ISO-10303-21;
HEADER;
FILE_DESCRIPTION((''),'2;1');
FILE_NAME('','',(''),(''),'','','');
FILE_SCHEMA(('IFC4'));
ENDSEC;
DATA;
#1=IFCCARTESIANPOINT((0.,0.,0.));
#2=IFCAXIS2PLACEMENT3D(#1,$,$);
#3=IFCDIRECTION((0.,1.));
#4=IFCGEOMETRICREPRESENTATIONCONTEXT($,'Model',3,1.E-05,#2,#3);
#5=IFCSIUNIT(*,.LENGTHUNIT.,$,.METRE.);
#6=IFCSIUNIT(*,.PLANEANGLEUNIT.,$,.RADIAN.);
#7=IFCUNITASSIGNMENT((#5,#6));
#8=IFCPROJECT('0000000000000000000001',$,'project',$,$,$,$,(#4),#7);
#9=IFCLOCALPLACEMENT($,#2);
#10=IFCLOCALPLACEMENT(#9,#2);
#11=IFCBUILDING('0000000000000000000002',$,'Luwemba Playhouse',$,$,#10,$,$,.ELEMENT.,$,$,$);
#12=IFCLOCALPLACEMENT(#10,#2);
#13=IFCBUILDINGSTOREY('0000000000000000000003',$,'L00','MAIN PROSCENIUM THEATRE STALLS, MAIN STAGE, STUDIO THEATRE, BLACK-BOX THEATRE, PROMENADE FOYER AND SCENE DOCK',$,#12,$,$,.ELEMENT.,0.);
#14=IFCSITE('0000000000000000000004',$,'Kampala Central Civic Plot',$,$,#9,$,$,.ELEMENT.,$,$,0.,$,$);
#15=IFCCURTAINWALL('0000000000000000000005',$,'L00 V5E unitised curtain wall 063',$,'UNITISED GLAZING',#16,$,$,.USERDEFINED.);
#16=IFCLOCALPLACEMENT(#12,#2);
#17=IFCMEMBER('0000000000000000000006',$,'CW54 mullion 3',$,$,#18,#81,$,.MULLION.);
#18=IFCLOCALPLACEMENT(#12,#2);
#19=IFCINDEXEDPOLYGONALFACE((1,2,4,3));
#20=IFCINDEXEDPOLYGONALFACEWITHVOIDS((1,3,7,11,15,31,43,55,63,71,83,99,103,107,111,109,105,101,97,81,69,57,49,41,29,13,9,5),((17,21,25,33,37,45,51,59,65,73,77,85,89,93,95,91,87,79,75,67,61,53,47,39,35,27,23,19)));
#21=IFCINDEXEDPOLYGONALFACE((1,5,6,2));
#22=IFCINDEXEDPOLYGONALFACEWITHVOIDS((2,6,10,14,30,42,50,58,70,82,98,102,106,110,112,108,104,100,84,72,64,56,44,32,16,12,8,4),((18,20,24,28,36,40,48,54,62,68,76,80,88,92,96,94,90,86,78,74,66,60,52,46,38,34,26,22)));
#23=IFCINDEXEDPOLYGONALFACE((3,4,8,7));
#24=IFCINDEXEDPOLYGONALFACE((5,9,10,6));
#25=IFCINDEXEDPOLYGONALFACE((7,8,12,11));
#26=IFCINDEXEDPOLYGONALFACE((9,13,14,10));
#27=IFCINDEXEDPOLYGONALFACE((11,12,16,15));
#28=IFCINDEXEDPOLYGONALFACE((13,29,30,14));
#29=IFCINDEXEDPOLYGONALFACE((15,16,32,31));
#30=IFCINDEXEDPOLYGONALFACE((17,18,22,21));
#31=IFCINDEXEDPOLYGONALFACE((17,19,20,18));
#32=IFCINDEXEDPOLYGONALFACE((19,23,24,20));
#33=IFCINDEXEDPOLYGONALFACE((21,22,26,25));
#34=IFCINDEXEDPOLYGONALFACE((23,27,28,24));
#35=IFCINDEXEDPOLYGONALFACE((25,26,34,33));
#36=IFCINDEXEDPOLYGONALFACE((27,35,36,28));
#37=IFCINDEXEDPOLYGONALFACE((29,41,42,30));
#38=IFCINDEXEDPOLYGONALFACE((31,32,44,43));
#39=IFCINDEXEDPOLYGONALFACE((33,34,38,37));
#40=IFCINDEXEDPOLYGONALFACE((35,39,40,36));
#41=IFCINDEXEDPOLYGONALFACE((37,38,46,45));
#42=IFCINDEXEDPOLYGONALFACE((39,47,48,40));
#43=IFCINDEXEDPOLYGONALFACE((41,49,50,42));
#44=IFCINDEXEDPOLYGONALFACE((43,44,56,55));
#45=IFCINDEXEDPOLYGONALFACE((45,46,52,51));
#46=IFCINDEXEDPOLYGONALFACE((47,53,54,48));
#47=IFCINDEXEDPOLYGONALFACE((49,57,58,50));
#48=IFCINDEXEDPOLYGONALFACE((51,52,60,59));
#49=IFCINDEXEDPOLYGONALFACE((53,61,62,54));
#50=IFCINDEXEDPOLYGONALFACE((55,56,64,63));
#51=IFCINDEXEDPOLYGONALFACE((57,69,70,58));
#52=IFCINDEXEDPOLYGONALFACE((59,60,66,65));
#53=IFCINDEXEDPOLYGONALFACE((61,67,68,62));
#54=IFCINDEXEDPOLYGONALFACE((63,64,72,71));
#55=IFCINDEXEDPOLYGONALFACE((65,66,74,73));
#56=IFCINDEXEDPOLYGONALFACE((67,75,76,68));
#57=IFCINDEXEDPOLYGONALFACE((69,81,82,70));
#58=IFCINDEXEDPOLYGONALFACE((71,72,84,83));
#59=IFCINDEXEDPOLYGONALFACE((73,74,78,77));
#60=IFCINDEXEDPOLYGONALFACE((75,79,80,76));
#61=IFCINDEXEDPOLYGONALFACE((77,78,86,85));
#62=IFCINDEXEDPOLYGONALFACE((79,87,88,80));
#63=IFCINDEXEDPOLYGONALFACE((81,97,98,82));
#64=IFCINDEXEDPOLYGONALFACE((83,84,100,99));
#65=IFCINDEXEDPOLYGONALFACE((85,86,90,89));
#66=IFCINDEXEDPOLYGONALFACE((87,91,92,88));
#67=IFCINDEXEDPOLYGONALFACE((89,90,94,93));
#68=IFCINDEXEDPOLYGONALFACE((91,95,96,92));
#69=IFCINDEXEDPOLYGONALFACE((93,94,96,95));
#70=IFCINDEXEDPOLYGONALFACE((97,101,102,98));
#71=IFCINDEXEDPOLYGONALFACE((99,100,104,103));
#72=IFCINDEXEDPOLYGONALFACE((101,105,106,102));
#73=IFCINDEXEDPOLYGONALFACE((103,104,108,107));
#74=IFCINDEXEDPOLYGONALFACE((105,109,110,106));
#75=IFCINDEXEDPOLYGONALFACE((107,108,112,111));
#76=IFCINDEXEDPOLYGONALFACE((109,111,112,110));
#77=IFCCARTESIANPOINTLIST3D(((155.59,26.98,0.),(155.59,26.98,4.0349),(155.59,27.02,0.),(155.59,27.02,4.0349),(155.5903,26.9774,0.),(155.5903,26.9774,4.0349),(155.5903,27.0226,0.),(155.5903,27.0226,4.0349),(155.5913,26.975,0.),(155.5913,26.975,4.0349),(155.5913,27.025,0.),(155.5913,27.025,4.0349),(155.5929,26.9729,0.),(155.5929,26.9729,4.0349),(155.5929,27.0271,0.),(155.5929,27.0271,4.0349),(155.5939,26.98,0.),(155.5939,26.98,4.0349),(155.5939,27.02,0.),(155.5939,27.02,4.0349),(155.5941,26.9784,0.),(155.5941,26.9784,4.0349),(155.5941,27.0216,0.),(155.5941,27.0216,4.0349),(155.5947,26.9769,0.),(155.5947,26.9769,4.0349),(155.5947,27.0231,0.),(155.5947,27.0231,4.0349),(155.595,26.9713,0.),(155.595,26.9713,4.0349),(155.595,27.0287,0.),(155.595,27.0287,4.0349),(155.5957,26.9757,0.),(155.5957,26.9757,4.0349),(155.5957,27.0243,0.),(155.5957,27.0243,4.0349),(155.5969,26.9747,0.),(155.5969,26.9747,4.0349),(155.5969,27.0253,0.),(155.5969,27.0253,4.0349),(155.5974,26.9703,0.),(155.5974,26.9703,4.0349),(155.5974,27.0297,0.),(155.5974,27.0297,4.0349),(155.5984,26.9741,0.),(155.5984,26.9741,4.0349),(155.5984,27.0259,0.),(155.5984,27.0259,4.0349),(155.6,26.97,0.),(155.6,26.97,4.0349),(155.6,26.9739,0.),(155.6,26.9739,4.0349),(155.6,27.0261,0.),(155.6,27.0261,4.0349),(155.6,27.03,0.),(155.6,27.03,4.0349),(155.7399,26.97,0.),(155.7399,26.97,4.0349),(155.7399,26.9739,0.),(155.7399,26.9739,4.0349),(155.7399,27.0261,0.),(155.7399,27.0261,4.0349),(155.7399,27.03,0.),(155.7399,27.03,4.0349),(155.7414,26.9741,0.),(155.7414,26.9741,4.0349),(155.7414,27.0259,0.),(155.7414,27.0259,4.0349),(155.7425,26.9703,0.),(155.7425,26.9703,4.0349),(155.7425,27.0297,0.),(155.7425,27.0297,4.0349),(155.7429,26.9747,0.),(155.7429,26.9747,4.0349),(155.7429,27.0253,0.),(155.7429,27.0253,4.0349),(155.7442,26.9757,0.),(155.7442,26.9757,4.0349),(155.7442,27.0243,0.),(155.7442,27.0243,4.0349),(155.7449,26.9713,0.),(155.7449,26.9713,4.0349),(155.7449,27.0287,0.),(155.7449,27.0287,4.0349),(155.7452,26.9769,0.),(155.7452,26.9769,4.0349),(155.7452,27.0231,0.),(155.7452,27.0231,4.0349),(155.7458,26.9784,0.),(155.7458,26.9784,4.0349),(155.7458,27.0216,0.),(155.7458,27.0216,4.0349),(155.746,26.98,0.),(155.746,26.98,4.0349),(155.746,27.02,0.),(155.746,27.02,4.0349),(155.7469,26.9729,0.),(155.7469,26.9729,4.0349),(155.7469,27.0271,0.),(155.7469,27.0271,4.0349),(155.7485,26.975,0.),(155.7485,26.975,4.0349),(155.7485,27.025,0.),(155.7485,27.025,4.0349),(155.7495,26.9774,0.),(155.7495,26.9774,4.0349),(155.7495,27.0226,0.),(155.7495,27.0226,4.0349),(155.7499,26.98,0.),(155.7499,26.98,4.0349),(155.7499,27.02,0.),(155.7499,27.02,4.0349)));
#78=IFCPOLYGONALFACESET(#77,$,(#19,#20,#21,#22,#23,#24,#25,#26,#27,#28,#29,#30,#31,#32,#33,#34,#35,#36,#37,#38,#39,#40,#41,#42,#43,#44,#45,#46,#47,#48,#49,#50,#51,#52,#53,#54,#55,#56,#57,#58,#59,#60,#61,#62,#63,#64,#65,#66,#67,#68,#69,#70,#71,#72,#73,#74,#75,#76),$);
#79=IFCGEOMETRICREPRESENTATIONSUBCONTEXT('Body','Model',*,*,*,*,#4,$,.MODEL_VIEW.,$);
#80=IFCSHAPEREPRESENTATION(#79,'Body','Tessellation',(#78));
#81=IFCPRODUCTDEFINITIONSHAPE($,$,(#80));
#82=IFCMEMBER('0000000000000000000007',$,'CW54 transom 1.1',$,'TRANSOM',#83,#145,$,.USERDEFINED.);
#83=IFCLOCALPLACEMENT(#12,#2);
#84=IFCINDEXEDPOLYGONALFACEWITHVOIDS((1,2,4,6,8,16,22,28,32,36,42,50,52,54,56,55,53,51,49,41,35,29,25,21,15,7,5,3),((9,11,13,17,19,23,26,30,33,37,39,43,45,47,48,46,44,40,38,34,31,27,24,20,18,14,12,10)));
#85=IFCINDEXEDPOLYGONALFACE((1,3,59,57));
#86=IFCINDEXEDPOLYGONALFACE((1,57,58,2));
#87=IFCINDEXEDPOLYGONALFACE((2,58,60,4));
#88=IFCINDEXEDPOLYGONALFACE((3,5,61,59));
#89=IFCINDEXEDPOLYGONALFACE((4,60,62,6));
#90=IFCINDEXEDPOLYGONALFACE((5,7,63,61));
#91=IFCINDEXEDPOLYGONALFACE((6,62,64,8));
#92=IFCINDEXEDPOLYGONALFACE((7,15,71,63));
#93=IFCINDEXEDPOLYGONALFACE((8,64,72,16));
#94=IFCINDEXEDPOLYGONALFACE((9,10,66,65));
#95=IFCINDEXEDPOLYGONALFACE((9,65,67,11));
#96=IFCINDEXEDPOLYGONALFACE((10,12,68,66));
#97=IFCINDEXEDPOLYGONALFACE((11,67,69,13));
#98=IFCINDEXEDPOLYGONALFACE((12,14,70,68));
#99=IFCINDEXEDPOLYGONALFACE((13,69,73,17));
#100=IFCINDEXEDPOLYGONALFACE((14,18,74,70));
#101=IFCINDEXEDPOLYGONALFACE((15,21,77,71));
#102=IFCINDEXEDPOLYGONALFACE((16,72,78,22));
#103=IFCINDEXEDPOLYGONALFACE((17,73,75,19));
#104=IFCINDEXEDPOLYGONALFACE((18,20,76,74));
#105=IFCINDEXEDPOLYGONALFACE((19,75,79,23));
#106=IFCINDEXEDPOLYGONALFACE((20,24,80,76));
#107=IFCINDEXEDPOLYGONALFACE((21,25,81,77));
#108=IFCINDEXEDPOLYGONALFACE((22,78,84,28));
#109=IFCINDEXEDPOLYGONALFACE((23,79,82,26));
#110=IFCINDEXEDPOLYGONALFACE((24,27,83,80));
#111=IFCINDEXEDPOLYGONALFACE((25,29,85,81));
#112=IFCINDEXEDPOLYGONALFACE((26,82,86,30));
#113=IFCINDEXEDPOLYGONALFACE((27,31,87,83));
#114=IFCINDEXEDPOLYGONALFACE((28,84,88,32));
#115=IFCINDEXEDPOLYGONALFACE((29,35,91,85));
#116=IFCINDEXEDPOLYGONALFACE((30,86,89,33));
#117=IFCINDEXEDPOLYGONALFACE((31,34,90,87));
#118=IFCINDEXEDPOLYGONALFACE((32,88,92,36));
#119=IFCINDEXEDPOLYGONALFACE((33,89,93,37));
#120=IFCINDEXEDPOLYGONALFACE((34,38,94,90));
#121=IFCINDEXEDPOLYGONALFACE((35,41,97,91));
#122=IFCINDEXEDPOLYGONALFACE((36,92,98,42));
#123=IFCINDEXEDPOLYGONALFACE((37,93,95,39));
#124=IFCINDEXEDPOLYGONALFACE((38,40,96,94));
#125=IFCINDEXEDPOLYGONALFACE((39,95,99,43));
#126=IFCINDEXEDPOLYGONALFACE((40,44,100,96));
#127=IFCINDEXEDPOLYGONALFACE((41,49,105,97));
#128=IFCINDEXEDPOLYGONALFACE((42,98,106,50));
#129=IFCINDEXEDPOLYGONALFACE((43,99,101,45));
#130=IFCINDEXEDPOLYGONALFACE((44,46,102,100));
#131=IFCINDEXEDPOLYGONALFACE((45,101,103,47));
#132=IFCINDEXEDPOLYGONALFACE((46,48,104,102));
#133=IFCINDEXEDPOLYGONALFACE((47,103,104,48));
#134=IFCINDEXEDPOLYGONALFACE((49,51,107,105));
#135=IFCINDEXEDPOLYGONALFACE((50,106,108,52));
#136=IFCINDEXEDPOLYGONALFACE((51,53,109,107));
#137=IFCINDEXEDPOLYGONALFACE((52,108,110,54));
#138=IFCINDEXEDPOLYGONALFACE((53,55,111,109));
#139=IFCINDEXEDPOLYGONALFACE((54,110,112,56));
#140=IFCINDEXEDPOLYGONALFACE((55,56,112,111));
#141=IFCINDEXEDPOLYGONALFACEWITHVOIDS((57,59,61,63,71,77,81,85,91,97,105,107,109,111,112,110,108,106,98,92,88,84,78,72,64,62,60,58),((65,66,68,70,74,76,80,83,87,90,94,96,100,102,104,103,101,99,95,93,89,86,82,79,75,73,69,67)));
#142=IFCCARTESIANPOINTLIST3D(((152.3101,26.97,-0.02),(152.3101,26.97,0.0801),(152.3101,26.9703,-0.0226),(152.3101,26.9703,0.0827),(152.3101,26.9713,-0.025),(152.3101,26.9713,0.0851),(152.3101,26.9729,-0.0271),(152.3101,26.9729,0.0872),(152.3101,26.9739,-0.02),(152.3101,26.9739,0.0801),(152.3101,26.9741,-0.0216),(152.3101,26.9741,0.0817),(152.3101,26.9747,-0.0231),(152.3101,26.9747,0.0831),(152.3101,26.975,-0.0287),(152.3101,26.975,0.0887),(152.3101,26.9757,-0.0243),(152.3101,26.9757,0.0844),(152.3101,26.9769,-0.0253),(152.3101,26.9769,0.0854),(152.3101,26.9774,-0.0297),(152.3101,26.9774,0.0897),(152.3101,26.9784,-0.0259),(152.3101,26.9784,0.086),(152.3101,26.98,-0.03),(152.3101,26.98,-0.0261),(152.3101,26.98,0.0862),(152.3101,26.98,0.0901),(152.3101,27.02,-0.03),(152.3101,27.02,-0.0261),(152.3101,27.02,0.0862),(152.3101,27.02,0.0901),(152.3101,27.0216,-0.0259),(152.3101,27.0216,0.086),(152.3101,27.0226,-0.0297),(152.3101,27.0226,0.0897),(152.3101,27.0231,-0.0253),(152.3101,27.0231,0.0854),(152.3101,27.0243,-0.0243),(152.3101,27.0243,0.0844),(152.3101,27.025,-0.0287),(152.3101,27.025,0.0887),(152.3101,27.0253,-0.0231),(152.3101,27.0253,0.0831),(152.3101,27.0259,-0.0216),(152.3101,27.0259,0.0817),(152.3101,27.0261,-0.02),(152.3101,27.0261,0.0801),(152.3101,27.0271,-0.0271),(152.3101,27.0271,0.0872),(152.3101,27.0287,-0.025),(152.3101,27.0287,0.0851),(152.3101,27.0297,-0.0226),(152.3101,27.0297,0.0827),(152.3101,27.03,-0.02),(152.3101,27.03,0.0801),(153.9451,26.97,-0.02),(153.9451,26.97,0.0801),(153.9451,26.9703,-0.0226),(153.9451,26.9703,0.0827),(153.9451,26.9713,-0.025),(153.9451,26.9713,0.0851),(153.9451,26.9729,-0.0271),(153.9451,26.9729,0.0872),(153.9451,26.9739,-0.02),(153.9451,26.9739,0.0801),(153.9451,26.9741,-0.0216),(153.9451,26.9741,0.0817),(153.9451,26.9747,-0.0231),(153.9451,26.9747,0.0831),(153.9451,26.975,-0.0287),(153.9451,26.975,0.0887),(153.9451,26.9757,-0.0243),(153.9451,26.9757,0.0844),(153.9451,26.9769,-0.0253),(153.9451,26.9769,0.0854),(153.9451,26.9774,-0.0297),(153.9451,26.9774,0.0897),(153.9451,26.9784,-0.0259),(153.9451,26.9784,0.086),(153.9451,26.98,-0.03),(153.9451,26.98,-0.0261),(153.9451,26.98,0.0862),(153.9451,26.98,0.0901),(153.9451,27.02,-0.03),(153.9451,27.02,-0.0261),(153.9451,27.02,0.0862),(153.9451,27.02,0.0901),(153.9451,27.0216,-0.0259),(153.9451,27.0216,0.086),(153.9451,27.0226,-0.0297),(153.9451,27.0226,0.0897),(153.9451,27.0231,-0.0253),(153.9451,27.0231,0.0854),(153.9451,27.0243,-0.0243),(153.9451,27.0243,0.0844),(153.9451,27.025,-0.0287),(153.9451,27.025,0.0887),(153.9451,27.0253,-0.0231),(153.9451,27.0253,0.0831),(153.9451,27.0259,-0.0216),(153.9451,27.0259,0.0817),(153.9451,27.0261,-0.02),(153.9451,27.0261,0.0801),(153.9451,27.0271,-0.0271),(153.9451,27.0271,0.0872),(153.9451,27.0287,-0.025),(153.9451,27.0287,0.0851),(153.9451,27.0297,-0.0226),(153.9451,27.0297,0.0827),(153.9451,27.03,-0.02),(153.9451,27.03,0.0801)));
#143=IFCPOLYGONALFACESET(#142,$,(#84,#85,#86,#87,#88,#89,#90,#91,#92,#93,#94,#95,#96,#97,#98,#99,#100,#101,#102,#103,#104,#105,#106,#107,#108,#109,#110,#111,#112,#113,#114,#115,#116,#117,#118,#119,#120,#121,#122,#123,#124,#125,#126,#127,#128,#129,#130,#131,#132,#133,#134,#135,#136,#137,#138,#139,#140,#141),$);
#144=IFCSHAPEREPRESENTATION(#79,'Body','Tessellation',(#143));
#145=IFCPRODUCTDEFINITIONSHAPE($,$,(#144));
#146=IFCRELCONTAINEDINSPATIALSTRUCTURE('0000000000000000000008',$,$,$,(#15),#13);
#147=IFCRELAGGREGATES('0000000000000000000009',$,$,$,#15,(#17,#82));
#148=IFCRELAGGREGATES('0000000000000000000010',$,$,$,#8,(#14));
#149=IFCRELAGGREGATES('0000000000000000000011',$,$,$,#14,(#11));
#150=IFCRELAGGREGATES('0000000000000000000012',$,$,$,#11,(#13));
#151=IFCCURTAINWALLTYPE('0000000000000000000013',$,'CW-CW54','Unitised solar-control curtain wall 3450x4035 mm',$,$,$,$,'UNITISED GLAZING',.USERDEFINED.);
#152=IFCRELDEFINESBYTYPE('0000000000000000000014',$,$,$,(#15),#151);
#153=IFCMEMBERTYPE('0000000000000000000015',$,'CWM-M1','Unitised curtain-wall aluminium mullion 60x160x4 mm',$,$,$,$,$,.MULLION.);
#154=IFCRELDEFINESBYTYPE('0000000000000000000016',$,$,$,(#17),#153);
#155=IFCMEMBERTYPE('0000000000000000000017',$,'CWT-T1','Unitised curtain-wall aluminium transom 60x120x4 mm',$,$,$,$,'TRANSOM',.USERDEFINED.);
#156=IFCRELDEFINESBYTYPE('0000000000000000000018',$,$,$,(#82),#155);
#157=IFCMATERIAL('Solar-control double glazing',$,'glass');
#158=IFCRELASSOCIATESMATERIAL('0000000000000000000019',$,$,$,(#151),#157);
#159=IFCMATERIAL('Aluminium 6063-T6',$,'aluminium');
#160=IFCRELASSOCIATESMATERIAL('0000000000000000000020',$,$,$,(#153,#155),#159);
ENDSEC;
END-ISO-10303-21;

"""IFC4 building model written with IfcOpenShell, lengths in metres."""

from ifc_helpers import new_model, si_unit, direction, frame, origin, origin_2d, place, context, subcontext, project, spatial, hollow_rectangle, extrude, material, material_profile, profile_set, type_object, element, aggregate, save


model = new_model("IFC4")

# Units and contexts
model_context = context("Model", 3, precision=1e-05, world=origin(), true_north=direction((0.0, 1.0)))
body_context = subcontext(model_context, "Body", "Model", "MODEL_VIEW")
ifc_project = project(units=[si_unit("LENGTHUNIT", "METRE"), si_unit("PLANEANGLEUNIT", "RADIAN")], contexts=[model_context])

# Site, building, storey
site_placement = place(None, origin())
site = spatial("IfcSite", under=ifc_project, at=site_placement, Name="Kampala Central Civic Plot", CompositionType="ELEMENT", RefElevation=0.0)
building_placement = place(site_placement, origin())
building = spatial("IfcBuilding", under=site, at=building_placement, Name="Luwemba Playhouse", CompositionType="ELEMENT")
storey_placement = place(building_placement, origin())
storey = spatial("IfcBuildingStorey", under=building, at=storey_placement, Name="L00", Description="MAIN PROSCENIUM THEATRE STALLS, MAIN STAGE, STUDIO THEATRE, BLACK-BOX THEATRE, PROMENADE FOYER AND SCENE DOCK", CompositionType="ELEMENT", Elevation=0.0)

# Curtain wall, members
ifc_material_1 = material(Name="Solar-control double glazing", Category="glass")
curtain_wall_type = type_object("IfcCurtainWallType", Name="CW-CW54", Description="Unitised solar-control curtain wall 3450x4035 mm", ElementType="UNITISED GLAZING", PredefinedType="USERDEFINED", material=ifc_material_1)
curtain_wall_placement = place(storey_placement, origin())
curtain_wall = element("IfcCurtainWall", 1, at=curtain_wall_placement, inside=storey, type_object=curtain_wall_type, Name="L00 V5E unitised curtain wall 063", ObjectType="UNITISED GLAZING", PredefinedType="USERDEFINED")
ifc_material_2 = material(Name="Aluminium 6063-T6", Category="aluminium")
ifc_material_profile_1 = material_profile(ifc_material_2, hollow_rectangle(XDim=0.0601, YDim=0.1599, WallThickness=0.0039, InnerFilletRadius=0.0061, OuterFilletRadius=0.01, at=origin_2d()))
ifc_profile_set_1 = profile_set([ifc_material_profile_1], Name="Aluminium 6063-T6")
member_type_1 = type_object("IfcMemberType", Name="CWM-M1", Description="Unitised curtain-wall aluminium mullion 60x160x4 mm", PredefinedType="MULLION", material=ifc_profile_set_1)
member_1_placement = place(storey_placement, frame((155.6699, 27.0, 0.0), z_axis=(0.0, 0.0, 1.0), x_axis=(0.0, 1.0, 0.0)))
member_1 = element("IfcMember", 2, at=member_1_placement, type_object=member_type_1, Name="CW54 mullion 3", PredefinedType="MULLION", context=body_context, shape_type="SweptSolid", body=[
    extrude(hollow_rectangle(XDim=0.0601, YDim=0.1599, WallThickness=0.0039, InnerFilletRadius=0.0061, OuterFilletRadius=0.01, at=origin_2d()), origin(), (0.0, 0.0, 1.0), 4.0349),
])
ifc_material_profile_2 = material_profile(ifc_material_2, hollow_rectangle(XDim=0.0601, YDim=0.1201, WallThickness=0.0039, InnerFilletRadius=0.0061, OuterFilletRadius=0.01, at=origin_2d()))
ifc_profile_set_2 = profile_set([ifc_material_profile_2], Name="Aluminium 6063-T6")
member_type_2 = type_object("IfcMemberType", Name="CWT-T1", Description="Unitised curtain-wall aluminium transom 60x120x4 mm", ElementType="TRANSOM", PredefinedType="USERDEFINED", material=ifc_profile_set_2)
member_2_placement = place(storey_placement, frame((152.3101, 27.0, 0.03), z_axis=(1.0, 0.0, 0.0), x_axis=(0.0, 1.0, 0.0)))
member_2 = element("IfcMember", 3, at=member_2_placement, type_object=member_type_2, Name="CW54 transom 1.1", ObjectType="TRANSOM", PredefinedType="USERDEFINED", context=body_context, shape_type="SweptSolid", body=[
    extrude(hollow_rectangle(XDim=0.0601, YDim=0.1201, WallThickness=0.0039, InnerFilletRadius=0.0061, OuterFilletRadius=0.01, at=origin_2d()), origin(), (0.0, 0.0, 1.0), 1.635),
])
aggregate(curtain_wall, [member_1, member_2])

save(model, "model.ifc")
